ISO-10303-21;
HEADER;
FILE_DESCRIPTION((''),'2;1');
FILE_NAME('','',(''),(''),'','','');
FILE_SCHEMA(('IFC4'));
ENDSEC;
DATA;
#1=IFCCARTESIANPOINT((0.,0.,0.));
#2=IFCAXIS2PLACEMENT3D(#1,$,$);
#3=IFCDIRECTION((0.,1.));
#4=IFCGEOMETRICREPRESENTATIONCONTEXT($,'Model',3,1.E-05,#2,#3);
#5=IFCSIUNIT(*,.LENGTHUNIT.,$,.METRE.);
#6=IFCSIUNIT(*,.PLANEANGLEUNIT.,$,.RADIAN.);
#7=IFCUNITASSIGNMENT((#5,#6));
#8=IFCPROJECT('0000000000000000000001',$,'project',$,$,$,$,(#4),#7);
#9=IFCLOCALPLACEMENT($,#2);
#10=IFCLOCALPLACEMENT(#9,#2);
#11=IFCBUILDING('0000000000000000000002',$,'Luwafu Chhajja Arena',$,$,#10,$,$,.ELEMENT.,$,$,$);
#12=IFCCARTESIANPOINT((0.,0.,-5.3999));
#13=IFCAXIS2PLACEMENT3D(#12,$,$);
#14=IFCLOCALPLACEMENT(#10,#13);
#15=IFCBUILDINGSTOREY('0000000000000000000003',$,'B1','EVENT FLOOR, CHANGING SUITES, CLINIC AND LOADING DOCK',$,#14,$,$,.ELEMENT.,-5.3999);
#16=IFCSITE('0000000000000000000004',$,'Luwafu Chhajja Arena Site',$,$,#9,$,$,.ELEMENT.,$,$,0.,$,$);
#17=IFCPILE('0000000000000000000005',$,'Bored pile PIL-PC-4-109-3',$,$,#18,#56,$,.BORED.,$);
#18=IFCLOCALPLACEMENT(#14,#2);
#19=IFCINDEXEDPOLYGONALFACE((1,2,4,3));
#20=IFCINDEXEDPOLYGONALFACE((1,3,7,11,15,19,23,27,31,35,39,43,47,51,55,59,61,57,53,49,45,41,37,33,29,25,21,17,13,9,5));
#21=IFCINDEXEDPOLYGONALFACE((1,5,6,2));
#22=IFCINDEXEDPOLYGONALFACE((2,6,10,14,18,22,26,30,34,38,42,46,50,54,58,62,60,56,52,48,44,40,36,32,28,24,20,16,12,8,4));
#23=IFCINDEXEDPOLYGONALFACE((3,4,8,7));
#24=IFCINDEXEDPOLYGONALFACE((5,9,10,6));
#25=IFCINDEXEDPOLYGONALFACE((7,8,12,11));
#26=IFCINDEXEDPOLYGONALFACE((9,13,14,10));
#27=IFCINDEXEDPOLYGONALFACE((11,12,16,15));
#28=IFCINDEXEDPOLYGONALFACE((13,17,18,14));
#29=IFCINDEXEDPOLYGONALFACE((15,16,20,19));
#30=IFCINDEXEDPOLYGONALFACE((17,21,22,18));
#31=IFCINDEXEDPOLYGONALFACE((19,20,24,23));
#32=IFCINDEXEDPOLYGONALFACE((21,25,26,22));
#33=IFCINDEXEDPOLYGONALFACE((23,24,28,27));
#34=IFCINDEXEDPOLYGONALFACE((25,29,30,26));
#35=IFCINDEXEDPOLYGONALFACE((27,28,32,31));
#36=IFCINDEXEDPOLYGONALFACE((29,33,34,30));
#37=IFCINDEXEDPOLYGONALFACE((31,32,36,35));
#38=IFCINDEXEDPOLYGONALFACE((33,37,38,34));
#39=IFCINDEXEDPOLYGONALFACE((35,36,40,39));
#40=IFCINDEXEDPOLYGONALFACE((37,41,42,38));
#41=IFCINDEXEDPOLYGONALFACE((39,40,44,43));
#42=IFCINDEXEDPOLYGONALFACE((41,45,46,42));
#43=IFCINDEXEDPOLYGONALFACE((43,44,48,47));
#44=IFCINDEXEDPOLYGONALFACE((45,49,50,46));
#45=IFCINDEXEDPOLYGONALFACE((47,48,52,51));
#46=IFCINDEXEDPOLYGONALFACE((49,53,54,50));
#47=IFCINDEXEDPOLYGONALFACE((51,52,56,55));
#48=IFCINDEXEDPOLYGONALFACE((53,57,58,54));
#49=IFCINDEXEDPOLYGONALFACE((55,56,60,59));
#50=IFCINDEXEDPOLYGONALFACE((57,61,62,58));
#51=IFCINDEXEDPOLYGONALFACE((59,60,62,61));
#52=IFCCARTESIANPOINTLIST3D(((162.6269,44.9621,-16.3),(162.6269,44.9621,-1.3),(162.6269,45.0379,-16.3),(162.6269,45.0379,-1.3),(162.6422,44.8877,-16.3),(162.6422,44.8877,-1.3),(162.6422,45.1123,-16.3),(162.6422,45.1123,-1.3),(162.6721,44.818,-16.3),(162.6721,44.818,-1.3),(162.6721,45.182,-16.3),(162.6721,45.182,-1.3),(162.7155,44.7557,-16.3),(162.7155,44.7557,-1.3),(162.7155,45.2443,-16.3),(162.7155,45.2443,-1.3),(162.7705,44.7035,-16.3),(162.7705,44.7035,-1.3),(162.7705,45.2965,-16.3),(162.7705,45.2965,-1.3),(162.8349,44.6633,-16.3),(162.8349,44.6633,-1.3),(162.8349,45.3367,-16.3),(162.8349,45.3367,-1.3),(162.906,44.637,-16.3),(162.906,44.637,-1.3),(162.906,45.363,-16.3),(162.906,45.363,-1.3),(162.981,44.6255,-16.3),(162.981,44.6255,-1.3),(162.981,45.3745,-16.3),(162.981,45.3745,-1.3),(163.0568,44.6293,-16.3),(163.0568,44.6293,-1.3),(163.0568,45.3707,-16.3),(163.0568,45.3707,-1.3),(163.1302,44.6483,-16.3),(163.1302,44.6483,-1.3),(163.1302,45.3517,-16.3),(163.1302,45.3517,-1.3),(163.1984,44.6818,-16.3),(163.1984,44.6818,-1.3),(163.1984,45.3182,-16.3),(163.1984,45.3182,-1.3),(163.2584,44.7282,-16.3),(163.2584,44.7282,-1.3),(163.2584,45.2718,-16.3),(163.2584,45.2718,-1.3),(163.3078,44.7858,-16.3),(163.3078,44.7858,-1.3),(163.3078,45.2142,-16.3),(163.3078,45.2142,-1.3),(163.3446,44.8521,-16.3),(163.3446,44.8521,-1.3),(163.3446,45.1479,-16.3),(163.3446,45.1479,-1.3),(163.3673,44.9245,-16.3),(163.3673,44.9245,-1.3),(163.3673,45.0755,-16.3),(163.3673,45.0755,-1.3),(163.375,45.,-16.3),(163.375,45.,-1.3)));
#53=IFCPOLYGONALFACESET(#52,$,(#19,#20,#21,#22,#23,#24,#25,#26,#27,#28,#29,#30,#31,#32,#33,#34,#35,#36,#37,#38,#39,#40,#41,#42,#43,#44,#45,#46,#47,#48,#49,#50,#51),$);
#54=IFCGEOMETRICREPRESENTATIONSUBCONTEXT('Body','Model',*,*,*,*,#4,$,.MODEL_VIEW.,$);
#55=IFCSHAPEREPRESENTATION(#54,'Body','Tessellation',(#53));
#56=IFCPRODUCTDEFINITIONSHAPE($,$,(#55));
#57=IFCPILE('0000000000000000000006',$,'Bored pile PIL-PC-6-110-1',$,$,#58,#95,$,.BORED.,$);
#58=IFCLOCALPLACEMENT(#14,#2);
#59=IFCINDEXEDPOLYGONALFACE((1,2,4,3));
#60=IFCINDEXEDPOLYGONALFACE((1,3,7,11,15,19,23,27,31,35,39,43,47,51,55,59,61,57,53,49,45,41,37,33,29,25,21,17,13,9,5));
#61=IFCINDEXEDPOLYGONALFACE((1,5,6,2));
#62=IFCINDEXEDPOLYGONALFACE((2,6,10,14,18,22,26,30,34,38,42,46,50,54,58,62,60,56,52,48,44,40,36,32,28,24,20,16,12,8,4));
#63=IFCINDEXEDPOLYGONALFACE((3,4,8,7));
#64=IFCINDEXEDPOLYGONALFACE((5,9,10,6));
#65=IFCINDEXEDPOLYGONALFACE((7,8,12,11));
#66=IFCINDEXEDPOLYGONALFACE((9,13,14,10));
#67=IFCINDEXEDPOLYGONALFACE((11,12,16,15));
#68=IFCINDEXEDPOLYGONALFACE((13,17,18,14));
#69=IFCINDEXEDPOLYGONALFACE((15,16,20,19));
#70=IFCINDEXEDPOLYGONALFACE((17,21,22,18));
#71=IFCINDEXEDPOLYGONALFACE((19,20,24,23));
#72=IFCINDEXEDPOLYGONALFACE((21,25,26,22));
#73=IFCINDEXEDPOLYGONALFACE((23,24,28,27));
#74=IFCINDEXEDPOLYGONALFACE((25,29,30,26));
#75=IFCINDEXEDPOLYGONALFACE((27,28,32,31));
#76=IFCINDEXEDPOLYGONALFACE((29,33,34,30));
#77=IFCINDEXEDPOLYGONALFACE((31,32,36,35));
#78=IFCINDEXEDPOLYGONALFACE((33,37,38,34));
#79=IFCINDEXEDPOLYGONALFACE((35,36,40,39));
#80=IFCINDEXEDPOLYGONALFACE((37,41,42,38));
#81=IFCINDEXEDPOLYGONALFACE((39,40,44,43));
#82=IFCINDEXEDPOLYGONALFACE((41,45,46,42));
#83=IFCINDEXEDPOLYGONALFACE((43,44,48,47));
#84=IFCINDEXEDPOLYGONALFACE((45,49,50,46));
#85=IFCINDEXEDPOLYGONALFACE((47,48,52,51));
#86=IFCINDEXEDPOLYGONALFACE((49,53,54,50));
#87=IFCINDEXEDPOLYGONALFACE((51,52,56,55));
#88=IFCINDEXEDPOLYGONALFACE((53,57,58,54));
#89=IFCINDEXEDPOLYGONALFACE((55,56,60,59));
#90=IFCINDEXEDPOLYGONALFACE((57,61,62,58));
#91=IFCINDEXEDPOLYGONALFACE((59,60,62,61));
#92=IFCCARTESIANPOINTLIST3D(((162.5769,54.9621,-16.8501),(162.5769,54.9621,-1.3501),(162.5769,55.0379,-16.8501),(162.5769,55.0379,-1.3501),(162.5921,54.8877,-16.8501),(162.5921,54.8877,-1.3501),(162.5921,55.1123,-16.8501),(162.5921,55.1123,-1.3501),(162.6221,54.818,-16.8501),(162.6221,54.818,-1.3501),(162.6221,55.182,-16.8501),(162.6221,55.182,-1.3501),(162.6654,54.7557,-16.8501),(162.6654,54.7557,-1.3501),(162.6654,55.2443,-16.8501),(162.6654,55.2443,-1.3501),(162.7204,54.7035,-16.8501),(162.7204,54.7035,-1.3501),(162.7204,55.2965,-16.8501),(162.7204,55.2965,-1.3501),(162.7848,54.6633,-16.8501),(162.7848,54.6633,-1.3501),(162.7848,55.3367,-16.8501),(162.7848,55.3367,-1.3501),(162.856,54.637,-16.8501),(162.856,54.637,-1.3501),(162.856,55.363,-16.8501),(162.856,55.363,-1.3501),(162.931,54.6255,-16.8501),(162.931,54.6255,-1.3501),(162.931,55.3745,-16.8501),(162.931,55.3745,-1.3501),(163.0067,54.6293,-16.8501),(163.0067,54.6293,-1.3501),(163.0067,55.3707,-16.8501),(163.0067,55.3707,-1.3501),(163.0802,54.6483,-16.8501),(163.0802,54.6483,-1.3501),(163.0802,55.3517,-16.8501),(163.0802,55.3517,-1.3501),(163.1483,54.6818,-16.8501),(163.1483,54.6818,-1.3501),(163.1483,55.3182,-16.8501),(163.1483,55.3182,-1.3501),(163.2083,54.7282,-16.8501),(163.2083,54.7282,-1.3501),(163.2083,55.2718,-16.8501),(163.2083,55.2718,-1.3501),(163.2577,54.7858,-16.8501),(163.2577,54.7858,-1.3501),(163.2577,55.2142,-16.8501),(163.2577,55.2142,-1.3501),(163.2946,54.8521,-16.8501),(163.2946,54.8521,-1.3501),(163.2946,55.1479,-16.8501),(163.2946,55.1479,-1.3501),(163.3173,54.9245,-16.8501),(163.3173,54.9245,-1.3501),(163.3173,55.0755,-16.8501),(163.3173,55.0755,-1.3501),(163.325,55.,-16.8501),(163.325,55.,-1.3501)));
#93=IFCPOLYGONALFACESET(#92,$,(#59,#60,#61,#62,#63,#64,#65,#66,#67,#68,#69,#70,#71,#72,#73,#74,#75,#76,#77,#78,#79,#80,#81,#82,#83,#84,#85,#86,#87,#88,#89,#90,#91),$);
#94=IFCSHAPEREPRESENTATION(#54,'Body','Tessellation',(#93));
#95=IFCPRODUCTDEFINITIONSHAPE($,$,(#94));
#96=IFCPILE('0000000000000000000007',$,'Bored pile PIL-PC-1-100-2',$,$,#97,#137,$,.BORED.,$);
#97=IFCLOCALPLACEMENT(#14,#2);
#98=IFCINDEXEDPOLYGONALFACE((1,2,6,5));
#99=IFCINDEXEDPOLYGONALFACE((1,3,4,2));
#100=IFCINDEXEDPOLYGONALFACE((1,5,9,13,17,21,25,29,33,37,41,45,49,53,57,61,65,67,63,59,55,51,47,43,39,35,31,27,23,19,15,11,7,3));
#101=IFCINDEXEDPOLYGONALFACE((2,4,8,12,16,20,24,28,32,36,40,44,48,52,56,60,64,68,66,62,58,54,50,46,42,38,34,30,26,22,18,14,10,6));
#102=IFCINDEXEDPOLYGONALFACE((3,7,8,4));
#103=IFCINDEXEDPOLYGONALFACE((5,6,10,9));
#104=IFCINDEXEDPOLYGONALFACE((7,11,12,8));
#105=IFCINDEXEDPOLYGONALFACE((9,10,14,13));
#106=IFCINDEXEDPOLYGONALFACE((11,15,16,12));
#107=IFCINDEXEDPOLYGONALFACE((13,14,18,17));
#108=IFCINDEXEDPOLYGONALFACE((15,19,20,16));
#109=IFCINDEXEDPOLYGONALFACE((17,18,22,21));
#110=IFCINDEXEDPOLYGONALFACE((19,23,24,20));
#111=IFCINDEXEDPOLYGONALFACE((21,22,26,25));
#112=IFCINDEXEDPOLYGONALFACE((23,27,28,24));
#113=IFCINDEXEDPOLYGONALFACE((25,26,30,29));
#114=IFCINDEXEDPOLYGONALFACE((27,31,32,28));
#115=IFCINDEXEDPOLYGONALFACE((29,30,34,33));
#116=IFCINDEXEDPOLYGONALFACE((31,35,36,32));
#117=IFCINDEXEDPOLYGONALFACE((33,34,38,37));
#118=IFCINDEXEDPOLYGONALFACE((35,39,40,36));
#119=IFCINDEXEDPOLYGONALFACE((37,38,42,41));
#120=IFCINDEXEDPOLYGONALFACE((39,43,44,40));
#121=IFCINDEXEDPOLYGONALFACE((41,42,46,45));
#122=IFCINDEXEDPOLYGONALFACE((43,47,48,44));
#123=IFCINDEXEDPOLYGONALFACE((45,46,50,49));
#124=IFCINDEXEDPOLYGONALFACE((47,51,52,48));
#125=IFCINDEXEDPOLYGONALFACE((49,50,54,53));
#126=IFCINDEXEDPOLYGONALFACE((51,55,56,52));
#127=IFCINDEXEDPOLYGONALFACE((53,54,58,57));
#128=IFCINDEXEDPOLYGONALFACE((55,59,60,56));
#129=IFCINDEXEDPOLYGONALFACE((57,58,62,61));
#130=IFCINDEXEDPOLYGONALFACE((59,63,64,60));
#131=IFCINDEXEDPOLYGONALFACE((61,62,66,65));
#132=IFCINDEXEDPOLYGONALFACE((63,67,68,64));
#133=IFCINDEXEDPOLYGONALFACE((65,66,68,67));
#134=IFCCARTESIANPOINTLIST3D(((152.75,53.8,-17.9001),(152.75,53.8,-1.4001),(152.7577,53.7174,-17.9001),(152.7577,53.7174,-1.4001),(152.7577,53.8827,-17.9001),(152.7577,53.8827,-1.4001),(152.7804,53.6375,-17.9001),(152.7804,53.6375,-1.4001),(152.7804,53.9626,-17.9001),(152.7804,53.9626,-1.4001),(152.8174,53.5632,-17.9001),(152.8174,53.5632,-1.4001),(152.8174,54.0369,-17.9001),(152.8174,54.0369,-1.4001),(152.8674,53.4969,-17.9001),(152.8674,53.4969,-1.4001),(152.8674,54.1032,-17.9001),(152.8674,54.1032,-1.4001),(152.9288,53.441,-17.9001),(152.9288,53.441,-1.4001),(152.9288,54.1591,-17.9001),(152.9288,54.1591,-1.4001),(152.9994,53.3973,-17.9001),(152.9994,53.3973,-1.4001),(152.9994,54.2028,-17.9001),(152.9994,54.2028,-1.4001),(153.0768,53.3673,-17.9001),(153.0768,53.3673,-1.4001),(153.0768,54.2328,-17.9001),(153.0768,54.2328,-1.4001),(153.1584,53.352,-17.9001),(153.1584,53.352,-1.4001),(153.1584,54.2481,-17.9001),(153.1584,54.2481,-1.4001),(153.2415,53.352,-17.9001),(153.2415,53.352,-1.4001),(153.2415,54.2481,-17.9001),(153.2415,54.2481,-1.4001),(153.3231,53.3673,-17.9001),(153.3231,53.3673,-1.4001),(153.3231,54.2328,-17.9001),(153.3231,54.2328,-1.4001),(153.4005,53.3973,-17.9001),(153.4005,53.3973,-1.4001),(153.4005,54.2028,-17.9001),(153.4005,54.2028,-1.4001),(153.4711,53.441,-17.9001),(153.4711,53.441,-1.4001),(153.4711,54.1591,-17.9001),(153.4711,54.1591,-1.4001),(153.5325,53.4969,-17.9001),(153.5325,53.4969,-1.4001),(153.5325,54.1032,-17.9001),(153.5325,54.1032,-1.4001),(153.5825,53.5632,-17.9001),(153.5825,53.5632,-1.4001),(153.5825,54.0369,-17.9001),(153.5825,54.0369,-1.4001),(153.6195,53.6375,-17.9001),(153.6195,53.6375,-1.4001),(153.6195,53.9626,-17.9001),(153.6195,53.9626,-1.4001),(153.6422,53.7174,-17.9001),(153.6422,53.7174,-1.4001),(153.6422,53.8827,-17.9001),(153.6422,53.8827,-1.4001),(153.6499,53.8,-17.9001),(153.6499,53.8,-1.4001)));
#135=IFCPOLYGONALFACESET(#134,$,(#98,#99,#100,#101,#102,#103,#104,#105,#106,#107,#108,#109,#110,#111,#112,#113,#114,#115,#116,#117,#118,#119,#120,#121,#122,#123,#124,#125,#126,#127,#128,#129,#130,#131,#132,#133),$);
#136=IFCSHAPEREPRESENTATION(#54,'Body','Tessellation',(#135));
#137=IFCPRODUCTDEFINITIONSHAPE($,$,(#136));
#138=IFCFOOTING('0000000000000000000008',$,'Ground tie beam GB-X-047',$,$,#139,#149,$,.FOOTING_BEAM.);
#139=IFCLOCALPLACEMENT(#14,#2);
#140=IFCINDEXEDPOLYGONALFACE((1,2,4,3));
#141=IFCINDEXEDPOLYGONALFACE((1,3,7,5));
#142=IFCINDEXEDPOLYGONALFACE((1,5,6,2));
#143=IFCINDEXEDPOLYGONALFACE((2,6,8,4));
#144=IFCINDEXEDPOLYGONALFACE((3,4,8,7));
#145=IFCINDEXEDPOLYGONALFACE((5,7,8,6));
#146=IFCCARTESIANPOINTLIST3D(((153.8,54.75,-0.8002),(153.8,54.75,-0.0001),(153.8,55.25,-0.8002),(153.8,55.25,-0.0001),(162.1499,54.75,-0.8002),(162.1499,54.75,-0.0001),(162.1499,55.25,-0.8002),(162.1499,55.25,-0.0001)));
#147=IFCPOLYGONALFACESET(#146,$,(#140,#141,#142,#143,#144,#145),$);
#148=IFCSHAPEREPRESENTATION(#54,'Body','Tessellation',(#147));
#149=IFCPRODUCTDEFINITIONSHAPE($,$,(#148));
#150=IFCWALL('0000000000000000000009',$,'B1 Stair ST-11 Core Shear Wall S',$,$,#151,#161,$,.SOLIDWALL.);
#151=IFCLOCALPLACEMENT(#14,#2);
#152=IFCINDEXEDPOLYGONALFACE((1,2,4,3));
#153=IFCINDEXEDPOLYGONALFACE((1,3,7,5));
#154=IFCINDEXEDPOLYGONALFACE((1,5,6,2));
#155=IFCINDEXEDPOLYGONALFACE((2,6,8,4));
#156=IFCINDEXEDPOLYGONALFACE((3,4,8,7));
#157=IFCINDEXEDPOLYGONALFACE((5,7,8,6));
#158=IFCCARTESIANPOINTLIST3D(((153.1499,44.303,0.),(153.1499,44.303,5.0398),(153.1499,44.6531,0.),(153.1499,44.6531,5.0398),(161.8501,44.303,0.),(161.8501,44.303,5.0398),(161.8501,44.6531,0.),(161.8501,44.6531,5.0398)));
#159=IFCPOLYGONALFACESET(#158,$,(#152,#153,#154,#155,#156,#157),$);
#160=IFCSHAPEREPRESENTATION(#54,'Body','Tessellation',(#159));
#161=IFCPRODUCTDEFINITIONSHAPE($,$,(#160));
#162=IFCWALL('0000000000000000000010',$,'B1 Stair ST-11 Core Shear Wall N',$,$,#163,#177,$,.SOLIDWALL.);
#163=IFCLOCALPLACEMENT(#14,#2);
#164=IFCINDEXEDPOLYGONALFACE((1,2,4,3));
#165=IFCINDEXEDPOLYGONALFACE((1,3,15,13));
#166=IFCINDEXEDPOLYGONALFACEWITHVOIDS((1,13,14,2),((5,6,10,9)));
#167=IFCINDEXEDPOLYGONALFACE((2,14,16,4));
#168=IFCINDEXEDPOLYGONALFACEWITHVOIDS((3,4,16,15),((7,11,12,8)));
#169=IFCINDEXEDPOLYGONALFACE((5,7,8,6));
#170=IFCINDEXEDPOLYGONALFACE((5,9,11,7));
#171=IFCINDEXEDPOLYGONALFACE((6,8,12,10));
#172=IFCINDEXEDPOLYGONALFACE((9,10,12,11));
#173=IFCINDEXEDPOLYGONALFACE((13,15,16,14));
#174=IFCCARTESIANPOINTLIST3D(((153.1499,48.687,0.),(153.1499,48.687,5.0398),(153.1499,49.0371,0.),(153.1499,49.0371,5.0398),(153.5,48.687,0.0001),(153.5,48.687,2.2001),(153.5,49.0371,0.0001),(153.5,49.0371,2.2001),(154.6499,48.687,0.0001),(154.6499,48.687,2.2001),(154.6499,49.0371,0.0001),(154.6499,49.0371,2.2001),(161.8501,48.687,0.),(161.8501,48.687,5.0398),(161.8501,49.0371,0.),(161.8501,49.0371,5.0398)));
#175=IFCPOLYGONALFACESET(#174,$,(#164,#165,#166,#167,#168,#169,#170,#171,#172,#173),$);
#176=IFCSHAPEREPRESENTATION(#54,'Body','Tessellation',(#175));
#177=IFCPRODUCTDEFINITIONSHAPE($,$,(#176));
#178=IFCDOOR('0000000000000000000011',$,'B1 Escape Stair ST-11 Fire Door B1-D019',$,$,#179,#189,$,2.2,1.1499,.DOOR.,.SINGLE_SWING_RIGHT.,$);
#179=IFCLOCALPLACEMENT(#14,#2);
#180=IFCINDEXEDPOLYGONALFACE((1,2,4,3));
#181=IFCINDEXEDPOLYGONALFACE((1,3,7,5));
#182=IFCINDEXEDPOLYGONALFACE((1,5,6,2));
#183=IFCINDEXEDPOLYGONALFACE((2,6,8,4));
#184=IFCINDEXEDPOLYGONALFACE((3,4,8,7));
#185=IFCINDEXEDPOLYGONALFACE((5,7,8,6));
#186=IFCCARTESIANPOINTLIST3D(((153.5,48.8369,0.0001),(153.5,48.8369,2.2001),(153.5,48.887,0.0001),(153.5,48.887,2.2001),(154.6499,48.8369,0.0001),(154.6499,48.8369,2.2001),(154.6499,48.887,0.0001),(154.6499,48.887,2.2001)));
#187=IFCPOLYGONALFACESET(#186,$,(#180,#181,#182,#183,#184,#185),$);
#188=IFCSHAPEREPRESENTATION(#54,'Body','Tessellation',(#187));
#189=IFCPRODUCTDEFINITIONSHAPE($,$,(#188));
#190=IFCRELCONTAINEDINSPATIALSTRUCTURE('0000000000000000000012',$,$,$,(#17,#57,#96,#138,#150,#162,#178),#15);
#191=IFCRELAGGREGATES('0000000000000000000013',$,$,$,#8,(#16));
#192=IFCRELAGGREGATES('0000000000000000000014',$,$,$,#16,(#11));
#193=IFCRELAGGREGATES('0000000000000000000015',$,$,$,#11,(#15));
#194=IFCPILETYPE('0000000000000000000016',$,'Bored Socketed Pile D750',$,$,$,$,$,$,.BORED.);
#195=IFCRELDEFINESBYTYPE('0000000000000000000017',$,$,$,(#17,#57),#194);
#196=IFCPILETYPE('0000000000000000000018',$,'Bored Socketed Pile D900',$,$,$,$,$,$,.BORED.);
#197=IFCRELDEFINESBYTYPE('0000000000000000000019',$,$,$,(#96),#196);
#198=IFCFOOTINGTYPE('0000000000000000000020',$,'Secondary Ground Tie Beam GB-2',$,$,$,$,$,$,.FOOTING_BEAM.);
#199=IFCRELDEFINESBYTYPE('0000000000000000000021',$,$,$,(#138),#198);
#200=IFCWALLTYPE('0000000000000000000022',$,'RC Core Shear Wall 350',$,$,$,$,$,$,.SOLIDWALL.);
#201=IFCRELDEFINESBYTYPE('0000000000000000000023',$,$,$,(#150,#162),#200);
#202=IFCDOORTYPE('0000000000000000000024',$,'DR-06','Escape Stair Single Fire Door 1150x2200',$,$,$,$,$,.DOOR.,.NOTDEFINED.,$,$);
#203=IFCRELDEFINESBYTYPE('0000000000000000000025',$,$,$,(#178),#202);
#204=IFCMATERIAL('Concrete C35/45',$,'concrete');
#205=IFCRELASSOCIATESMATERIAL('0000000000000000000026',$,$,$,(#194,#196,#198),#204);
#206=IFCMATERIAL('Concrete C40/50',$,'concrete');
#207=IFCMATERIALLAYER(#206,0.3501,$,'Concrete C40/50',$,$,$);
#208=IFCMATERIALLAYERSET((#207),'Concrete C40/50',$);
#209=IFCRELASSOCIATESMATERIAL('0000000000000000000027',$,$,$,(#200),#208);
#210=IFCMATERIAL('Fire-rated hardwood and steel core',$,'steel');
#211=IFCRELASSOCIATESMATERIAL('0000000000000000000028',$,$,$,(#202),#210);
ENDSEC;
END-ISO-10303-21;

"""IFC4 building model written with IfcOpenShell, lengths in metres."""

from ifc_helpers import new_model, si_unit, direction, frame, frame_2d, origin, origin_2d, place, context, subcontext, project, spatial, rectangle, circle, extrude, material, layer, layer_set, material_profile, profile_set, type_object, element, fill, save


model = new_model("IFC4")

# Units and contexts
model_context = context("Model", 3, precision=1e-05, world=origin(), true_north=direction((0.0, 1.0)))
body_context = subcontext(model_context, "Body", "Model", "MODEL_VIEW")
ifc_project = project(units=[si_unit("LENGTHUNIT", "METRE"), si_unit("PLANEANGLEUNIT", "RADIAN")], contexts=[model_context])

# Site, building, storey
site_placement = place(None, origin())
site = spatial("IfcSite", under=ifc_project, at=site_placement, Name="Luwafu Chhajja Arena Site", CompositionType="ELEMENT", RefElevation=0.0)
building_placement = place(site_placement, origin())
building = spatial("IfcBuilding", under=site, at=building_placement, Name="Luwafu Chhajja Arena", CompositionType="ELEMENT")
storey_placement = place(building_placement, frame((0.0, 0.0, -5.3999)))
storey = spatial("IfcBuildingStorey", under=building, at=storey_placement, Name="B1", Description="EVENT FLOOR, CHANGING SUITES, CLINIC AND LOADING DOCK", CompositionType="ELEMENT", Elevation=-5.3999)

# Piles
ifc_material_1 = material(Name="Concrete C35/45", Category="concrete")
ifc_material_profile_1 = material_profile(ifc_material_1, circle(Radius=0.375, at=origin_2d()), Name="PILE D750")
ifc_profile_set_1 = profile_set([ifc_material_profile_1], Name="Concrete C35/45")
pile_type_1 = type_object("IfcPileType", Name="Bored Socketed Pile D750", PredefinedType="BORED", material=ifc_profile_set_1)
pile_1_placement = place(storey_placement, frame((163.0, 45.0, -1.3), z_axis=(0.0, 0.0, -1.0), x_axis=(1.0, 0.0, 0.0)))
element("IfcPile", 1, at=pile_1_placement, inside=storey, type_object=pile_type_1, Name="Bored pile PIL-PC-4-109-3", PredefinedType="BORED", context=body_context, shape_type="SweptSolid", body=[
    extrude(circle(Radius=0.375, at=origin_2d()), origin(), (0.0, 0.0, 1.0), 15.0),
])
pile_2_placement = place(storey_placement, frame((162.95, 55.0, -1.3501), z_axis=(0.0, 0.0, -1.0), x_axis=(1.0, 0.0, 0.0)))
element("IfcPile", 2, at=pile_2_placement, inside=storey, type_object=pile_type_1, Name="Bored pile PIL-PC-6-110-1", PredefinedType="BORED", context=body_context, shape_type="SweptSolid", body=[
    extrude(circle(Radius=0.375, at=origin_2d()), origin(), (0.0, 0.0, 1.0), 15.5),
])
ifc_material_profile_2 = material_profile(ifc_material_1, circle(Radius=0.45, at=origin_2d()), Name="PILE D900")
ifc_profile_set_2 = profile_set([ifc_material_profile_2], Name="Concrete C35/45")
pile_type_2 = type_object("IfcPileType", Name="Bored Socketed Pile D900", PredefinedType="BORED", material=ifc_profile_set_2)
pile_3_placement = place(storey_placement, frame((153.2, 53.8, -1.4001), z_axis=(0.0, 0.0, -1.0), x_axis=(1.0, 0.0, 0.0)))
element("IfcPile", 3, at=pile_3_placement, inside=storey, type_object=pile_type_2, Name="Bored pile PIL-PC-1-100-2", PredefinedType="BORED", context=body_context, shape_type="SweptSolid", body=[
    extrude(circle(Radius=0.45, at=origin_2d()), origin(), (0.0, 0.0, 1.0), 16.5),
])

# Footing
ifc_material_profile_3 = material_profile(ifc_material_1, rectangle(XDim=0.5, YDim=0.8, at=origin_2d()), Name="RC 500x800")
ifc_profile_set_3 = profile_set([ifc_material_profile_3], Name="Concrete C35/45")
footing_type = type_object("IfcFootingType", Name="Secondary Ground Tie Beam GB-2", PredefinedType="FOOTING_BEAM", material=ifc_profile_set_3)
footing_placement = place(storey_placement, frame((153.8, 55.0, -0.4001), z_axis=(1.0, 0.0, 0.0), x_axis=(0.0, 1.0, 0.0)))
element("IfcFooting", 4, at=footing_placement, inside=storey, type_object=footing_type, Name="Ground tie beam GB-X-047", PredefinedType="FOOTING_BEAM", context=body_context, shape_type="SweptSolid", body=[
    extrude(rectangle(XDim=0.5, YDim=0.8, at=origin_2d()), origin(), (0.0, 0.0, 1.0), 8.3499),
])

# Wall
ifc_material_2 = material(Name="Concrete C40/50", Category="concrete")
ifc_layer_1 = layer(ifc_material_2, 0.3501, Name="Concrete C40/50")
ifc_layer_set_1 = layer_set([ifc_layer_1], Name="Concrete C40/50")
wall_type = type_object("IfcWallType", Name="RC Core Shear Wall 350", PredefinedType="SOLIDWALL", material=ifc_layer_set_1)
wall_1_placement = place(storey_placement, frame((153.1499, 44.478, 0.0), z_axis=(0.0, 0.0, 1.0), x_axis=(1.0, 0.0, 0.0)))
element("IfcWall", 5, at=wall_1_placement, inside=storey, type_object=wall_type, Name="B1 Stair ST-11 Core Shear Wall S", PredefinedType="SOLIDWALL", context=body_context, shape_type="SweptSolid", body=[
    extrude(rectangle(XDim=8.7002, YDim=0.3501, at=frame_2d((4.3501, 0.0))), origin(), (0.0, 0.0, 1.0), 5.0398),
])

# Wall, opening, door
wall_2_placement = place(storey_placement, frame((153.1499, 48.8621, 0.0), z_axis=(0.0, 0.0, 1.0), x_axis=(1.0, 0.0, 0.0)))
wall_2 = element("IfcWall", 6, at=wall_2_placement, inside=storey, type_object=wall_type, Name="B1 Stair ST-11 Core Shear Wall N", PredefinedType="SOLIDWALL", context=body_context, shape_type="SweptSolid", body=[
    extrude(rectangle(XDim=8.7002, YDim=0.3501, at=frame_2d((4.3501, 0.0))), origin(), (0.0, 0.0, 1.0), 5.0398),
])
opening_1_placement = place(wall_2_placement, frame((0.3501, 0.0, 0.0)))
opening_1 = element("IfcOpeningElement", 7, at=opening_1_placement, cuts=wall_2, PredefinedType="OPENING", context=body_context, shape_type="SweptSolid", body=[
    extrude(rectangle(XDim=1.1499, YDim=2.2, at=frame_2d((0.575, 1.1001))), frame((0.0, 0.1851, 0.0), z_axis=(0.0, -1.0, 0.0), x_axis=(1.0, 0.0, 0.0)), (0.0, 0.0, 1.0), 0.3701),
])
ifc_material_3 = material(Name="Fire-rated hardwood and steel core", Category="steel")
door_type = type_object("IfcDoorType", Name="DR-06", Description="Escape Stair Single Fire Door 1150x2200", OperationType="NOTDEFINED", PredefinedType="DOOR", material=ifc_material_3)
door_1_placement = place(opening_1_placement, origin())
door_1 = element("IfcDoor", 8, at=door_1_placement, inside=storey, type_object=door_type, Name="B1 Escape Stair ST-11 Fire Door B1-D019", OperationType="SINGLE_SWING_RIGHT", OverallHeight=2.2, OverallWidth=1.1499, PredefinedType="DOOR", context=body_context, shape_type="SweptSolid", body=[
    extrude(rectangle(XDim=1.1499, YDim=2.2, at=frame_2d((0.575, 1.1001))), frame((0.0, 0.0249, 0.0), z_axis=(0.0, -1.0, 0.0), x_axis=(1.0, 0.0, 0.0)), (0.0, 0.0, 1.0), 0.05),
])
fill(opening_1, door_1)

save(model, "model.ifc")
